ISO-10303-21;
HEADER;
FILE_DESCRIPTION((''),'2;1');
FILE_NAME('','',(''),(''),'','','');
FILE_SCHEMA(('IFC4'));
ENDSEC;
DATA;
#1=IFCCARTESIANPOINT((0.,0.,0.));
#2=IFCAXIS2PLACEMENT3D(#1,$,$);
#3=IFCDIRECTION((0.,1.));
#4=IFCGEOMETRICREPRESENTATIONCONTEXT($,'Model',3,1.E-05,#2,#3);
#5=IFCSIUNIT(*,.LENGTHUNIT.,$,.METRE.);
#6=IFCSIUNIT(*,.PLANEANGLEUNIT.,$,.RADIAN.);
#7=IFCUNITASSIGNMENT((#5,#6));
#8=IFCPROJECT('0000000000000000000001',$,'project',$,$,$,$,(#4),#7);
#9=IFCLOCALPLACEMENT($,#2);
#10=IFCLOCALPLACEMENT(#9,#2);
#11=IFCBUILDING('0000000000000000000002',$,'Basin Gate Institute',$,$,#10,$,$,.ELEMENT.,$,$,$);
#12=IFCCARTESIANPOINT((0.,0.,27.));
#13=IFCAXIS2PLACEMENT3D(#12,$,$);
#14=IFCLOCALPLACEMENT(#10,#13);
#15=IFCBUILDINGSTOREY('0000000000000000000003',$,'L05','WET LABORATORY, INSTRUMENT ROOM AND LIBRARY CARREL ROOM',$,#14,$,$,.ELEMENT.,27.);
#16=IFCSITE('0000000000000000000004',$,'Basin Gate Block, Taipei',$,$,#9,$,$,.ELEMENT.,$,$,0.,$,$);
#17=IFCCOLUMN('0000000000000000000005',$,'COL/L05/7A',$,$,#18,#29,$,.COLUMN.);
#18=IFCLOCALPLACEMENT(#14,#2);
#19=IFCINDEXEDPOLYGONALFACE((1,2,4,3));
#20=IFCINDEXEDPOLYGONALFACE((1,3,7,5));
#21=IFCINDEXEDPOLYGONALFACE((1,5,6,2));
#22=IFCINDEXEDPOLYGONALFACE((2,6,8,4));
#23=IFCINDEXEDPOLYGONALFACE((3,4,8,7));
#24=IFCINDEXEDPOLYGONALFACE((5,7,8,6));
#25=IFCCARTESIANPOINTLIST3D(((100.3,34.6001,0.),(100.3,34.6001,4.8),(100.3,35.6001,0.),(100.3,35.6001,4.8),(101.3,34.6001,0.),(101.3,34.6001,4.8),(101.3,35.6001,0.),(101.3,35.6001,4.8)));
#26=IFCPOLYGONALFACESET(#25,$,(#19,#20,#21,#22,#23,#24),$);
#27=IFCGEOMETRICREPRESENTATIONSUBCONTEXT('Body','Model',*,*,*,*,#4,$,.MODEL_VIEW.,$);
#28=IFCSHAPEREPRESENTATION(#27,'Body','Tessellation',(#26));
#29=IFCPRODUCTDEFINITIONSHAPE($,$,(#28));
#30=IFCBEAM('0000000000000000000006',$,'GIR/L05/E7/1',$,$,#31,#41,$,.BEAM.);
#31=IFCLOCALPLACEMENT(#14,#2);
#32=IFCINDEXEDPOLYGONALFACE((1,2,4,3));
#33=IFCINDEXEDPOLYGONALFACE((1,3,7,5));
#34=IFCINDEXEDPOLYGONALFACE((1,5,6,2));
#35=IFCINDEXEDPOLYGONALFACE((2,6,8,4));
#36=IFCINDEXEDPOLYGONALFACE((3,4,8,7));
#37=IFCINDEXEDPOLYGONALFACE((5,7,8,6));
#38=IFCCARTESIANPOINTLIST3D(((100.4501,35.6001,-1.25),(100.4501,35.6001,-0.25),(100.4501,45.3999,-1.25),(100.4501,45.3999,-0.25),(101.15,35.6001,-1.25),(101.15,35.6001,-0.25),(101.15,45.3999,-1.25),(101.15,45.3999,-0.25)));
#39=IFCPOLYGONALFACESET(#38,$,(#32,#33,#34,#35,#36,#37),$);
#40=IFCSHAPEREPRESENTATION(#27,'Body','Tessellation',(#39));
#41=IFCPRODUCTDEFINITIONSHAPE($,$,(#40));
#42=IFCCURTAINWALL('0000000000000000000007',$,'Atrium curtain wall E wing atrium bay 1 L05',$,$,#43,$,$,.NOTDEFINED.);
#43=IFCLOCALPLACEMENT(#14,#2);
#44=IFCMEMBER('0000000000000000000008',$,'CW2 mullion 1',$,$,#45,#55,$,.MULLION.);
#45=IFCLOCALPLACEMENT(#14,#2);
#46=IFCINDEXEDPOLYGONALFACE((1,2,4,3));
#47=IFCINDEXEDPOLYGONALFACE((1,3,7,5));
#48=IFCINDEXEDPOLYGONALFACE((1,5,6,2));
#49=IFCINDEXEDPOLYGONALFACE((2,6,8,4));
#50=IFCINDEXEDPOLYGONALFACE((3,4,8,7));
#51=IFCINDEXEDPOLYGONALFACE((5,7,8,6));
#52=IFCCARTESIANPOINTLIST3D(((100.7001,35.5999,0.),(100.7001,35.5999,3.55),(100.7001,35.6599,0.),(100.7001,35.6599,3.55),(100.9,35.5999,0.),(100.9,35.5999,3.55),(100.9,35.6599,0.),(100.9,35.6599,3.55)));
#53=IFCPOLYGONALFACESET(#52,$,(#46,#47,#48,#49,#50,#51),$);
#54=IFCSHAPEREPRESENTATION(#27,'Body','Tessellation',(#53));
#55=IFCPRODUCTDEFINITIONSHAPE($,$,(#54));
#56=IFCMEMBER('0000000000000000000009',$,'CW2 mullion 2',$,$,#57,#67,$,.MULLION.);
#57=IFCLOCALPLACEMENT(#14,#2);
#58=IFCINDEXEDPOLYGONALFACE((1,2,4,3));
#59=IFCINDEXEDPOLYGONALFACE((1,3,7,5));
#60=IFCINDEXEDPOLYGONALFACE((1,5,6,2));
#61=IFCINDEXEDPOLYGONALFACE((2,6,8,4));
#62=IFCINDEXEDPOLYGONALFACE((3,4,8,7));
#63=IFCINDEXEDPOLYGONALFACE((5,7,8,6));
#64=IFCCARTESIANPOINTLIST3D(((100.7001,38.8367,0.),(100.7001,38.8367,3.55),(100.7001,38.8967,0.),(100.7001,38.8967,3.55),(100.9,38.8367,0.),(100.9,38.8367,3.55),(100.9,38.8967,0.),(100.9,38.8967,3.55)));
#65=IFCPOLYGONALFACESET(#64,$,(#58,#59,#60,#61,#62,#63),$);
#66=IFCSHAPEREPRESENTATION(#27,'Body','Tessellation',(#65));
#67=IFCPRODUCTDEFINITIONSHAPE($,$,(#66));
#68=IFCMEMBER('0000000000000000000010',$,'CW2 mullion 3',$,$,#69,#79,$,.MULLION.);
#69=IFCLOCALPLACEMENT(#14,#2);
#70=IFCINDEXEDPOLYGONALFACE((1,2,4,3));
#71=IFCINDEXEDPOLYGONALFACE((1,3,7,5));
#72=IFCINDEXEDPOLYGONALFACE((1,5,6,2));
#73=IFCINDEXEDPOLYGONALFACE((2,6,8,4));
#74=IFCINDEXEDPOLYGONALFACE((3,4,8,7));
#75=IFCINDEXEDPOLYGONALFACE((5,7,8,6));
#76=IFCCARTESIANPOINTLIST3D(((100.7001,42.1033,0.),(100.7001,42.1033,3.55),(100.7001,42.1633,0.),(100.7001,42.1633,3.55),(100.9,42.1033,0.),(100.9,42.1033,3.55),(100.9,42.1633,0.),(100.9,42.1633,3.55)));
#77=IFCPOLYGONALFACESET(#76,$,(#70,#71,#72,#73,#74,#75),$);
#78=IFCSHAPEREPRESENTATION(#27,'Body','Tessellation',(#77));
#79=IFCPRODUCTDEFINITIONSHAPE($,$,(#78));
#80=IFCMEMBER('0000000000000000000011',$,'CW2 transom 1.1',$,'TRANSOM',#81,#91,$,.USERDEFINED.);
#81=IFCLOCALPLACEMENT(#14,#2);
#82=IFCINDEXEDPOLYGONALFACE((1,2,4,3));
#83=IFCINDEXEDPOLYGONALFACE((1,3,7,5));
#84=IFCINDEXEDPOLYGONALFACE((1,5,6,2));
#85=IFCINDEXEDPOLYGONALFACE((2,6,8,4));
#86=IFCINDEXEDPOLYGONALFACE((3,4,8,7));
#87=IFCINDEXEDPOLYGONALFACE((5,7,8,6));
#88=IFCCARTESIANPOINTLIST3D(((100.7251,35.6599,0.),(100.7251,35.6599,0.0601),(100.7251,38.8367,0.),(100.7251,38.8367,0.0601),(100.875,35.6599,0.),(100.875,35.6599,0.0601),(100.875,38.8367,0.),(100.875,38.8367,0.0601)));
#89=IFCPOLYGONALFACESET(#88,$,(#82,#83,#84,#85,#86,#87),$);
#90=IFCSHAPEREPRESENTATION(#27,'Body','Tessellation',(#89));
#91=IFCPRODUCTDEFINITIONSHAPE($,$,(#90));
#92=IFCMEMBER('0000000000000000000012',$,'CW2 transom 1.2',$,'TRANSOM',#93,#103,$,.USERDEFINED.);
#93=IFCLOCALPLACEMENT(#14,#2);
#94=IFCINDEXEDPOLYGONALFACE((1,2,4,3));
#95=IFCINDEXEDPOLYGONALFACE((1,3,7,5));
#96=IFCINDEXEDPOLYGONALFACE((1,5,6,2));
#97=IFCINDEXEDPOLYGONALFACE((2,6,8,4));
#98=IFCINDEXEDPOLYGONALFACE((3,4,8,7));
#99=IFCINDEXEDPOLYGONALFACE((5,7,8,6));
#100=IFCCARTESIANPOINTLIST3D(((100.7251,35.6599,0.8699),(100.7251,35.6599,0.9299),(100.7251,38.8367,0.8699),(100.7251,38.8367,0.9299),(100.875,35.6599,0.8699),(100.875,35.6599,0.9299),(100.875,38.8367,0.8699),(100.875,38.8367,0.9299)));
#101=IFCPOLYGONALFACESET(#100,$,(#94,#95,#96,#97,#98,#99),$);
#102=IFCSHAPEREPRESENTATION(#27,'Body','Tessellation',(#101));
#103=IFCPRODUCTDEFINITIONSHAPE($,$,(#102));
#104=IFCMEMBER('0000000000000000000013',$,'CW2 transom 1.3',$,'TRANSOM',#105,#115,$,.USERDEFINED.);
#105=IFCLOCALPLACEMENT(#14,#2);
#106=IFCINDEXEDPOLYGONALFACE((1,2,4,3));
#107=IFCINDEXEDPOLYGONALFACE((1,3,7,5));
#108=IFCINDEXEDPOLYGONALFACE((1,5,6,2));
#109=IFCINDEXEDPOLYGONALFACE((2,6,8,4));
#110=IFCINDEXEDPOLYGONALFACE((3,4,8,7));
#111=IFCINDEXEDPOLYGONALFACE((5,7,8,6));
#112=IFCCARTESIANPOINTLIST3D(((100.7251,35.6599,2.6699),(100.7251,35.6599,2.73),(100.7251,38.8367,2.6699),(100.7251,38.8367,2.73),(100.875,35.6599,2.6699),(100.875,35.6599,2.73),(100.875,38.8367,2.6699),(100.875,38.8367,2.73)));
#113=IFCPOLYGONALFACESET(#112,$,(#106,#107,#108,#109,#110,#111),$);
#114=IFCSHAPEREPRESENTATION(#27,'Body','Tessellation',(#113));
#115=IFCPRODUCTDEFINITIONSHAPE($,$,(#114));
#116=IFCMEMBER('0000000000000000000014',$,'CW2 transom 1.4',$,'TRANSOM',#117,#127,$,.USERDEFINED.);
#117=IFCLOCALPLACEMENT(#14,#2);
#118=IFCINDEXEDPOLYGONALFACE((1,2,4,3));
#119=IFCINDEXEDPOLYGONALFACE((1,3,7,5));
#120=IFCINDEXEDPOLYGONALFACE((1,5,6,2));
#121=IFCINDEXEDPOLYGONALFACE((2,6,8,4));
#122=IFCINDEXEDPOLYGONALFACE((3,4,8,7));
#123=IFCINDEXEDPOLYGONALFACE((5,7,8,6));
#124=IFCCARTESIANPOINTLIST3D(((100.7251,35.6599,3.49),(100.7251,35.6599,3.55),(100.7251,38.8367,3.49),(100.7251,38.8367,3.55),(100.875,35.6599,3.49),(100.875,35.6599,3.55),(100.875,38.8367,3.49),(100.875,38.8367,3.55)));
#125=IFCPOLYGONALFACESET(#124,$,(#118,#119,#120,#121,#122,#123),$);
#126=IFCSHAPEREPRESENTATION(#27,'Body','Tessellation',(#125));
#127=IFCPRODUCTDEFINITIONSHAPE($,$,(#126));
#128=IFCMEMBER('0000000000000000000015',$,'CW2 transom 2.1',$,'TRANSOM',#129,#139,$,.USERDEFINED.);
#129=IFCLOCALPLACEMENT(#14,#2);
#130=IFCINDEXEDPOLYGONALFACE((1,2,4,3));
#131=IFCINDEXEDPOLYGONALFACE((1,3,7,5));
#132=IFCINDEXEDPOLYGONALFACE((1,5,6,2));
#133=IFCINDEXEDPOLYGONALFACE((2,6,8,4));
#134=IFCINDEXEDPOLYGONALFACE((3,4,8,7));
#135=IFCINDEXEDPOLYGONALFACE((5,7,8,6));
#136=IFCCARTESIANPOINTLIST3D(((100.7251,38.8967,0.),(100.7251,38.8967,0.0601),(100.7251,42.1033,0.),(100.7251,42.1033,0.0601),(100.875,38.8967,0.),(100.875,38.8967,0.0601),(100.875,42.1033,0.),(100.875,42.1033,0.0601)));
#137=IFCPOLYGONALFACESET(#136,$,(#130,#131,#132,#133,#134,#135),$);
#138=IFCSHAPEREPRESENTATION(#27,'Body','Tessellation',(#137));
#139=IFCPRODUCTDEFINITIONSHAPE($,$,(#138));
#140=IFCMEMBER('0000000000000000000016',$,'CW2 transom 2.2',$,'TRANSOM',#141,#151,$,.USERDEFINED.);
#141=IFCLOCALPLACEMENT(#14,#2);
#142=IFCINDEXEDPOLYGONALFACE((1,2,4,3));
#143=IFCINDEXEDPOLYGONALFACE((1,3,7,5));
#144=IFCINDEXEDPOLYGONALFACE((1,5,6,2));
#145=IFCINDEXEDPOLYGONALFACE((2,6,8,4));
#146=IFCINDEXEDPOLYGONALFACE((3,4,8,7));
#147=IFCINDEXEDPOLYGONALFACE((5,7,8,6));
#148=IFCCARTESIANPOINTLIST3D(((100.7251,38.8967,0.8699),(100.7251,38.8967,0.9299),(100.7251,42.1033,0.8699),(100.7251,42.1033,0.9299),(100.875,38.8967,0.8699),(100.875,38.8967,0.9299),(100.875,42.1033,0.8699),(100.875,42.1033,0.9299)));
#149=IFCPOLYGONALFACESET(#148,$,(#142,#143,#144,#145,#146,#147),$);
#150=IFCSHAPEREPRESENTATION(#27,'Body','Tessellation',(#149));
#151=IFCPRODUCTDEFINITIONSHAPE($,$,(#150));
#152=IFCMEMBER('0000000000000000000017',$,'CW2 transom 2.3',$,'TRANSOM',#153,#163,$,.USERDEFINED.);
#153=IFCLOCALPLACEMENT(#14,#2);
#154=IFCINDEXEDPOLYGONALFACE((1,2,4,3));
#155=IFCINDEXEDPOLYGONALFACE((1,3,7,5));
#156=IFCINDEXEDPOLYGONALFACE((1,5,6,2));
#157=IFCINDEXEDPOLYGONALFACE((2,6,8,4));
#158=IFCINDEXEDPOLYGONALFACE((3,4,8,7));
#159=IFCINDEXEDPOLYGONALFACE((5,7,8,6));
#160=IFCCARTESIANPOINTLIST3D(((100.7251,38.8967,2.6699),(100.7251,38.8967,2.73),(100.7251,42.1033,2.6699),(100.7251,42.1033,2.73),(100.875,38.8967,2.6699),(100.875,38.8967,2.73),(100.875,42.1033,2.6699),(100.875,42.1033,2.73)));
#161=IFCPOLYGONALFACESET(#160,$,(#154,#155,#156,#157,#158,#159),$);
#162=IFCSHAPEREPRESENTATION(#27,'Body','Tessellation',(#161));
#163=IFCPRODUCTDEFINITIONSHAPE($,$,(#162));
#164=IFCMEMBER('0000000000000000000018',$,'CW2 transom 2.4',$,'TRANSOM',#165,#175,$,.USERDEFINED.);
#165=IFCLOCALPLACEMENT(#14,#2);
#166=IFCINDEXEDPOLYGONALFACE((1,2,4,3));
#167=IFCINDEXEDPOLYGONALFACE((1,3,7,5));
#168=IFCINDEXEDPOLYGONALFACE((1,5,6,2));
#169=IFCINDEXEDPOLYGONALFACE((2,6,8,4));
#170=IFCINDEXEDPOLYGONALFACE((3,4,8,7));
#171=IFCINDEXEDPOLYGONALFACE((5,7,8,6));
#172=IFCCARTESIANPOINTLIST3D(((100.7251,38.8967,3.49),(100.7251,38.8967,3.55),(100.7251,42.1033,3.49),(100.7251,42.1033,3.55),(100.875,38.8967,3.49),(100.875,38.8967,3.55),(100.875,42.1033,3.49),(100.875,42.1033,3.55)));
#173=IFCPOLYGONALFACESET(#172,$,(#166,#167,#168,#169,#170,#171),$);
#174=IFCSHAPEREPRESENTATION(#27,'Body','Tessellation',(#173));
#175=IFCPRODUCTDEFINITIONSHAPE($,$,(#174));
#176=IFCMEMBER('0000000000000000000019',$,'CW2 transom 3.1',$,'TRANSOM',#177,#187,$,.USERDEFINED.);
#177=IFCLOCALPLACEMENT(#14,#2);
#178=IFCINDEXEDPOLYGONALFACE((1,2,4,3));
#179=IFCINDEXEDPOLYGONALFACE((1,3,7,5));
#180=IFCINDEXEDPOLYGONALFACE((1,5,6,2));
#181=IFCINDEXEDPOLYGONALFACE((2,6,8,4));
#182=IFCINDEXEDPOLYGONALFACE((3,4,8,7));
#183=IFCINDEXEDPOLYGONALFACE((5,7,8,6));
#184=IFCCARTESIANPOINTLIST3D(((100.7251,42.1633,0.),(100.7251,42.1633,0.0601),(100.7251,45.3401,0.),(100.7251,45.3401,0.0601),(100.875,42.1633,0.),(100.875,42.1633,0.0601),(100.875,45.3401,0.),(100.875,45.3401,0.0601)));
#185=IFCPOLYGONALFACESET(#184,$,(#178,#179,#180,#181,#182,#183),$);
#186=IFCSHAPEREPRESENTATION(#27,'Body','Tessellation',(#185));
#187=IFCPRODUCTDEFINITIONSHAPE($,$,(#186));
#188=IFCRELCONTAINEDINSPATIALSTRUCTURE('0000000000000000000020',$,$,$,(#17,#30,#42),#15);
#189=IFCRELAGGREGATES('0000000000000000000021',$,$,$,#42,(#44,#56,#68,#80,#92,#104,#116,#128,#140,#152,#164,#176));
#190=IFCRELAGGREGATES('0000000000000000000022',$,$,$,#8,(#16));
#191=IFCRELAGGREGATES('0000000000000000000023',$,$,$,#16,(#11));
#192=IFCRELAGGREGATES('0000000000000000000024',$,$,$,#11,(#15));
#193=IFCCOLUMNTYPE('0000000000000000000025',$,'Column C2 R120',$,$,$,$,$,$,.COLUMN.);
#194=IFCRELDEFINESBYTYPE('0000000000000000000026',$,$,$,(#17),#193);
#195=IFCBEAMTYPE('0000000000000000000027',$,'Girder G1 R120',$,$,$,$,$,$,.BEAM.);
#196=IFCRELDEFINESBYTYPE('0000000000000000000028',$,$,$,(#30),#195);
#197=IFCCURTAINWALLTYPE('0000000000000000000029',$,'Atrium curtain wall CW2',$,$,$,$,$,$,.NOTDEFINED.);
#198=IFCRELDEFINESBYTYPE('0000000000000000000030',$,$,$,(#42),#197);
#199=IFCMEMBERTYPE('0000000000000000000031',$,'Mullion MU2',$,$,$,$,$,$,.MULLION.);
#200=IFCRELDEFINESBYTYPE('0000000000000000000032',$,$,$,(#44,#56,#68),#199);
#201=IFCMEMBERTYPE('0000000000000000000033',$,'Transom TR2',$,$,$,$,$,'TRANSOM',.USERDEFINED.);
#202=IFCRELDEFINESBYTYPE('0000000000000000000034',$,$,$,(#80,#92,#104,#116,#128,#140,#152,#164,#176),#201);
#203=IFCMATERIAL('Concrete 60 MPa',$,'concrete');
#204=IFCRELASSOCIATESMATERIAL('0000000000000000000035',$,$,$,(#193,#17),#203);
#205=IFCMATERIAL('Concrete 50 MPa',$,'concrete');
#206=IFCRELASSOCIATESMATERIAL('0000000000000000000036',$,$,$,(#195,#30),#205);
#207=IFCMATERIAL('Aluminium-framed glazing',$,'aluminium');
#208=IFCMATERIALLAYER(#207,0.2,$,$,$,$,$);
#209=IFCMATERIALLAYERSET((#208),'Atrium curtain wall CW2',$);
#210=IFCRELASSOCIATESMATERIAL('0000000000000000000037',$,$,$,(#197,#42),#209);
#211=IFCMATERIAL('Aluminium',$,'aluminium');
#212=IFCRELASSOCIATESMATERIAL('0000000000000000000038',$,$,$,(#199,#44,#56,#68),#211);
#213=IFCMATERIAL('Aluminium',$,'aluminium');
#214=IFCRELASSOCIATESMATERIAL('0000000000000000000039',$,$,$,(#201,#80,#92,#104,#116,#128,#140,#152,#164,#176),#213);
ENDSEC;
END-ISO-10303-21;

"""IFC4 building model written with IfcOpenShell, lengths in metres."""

from ifc_helpers import new_model, si_unit, direction, frame, origin, origin_2d, place, context, subcontext, project, spatial, rectangle, extrude, material, layer, layer_set, material_profile, profile_set, type_object, element, aggregate, save


model = new_model("IFC4")

# Units and contexts
model_context = context("Model", 3, precision=1e-05, world=origin(), true_north=direction((0.0, 1.0)))
body_context = subcontext(model_context, "Body", "Model", "MODEL_VIEW")
ifc_project = project(units=[si_unit("LENGTHUNIT", "METRE"), si_unit("PLANEANGLEUNIT", "RADIAN")], contexts=[model_context])

# Site, building, storey
site_placement = place(None, origin())
site = spatial("IfcSite", under=ifc_project, at=site_placement, Name="Basin Gate Block, Taipei", CompositionType="ELEMENT", RefElevation=0.0)
building_placement = place(site_placement, origin())
building = spatial("IfcBuilding", under=site, at=building_placement, Name="Basin Gate Institute", CompositionType="ELEMENT")
storey_placement = place(building_placement, frame((0.0, 0.0, 27.0)))
storey = spatial("IfcBuildingStorey", under=building, at=storey_placement, Name="L05", Description="WET LABORATORY, INSTRUMENT ROOM AND LIBRARY CARREL ROOM", CompositionType="ELEMENT", Elevation=27.0)

# Column
ifc_material_1 = material(Name="Concrete 60 MPa", Category="concrete")
ifc_material_profile_1 = material_profile(ifc_material_1, rectangle(XDim=1.0, YDim=1.0, at=origin_2d()), Name="Column C2 1000 x 1000")
ifc_profile_set_1 = profile_set([ifc_material_profile_1], Name="Concrete 60 MPa")
column_type = type_object("IfcColumnType", Name="Column C2 R120", PredefinedType="COLUMN", material=ifc_profile_set_1)
column_placement = place(storey_placement, frame((100.8, 35.1001, 0.0), z_axis=(0.0, 0.0, 1.0), x_axis=(1.0, 0.0, 0.0)))
element("IfcColumn", 1, at=column_placement, inside=storey, type_object=column_type, material=ifc_profile_set_1, Name="COL/L05/7A", PredefinedType="COLUMN", context=body_context, shape_type="SweptSolid", body=[
    extrude(rectangle(XDim=1.0, YDim=1.0, at=origin_2d()), origin(), (0.0, 0.0, 1.0), 4.8),
])

# Beam
ifc_material_2 = material(Name="Concrete 50 MPa", Category="concrete")
ifc_material_profile_2 = material_profile(ifc_material_2, rectangle(XDim=0.7, YDim=1.0, at=origin_2d()), Name="Girder G1 700 x 1000")
ifc_profile_set_2 = profile_set([ifc_material_profile_2], Name="Concrete 50 MPa")
beam_type = type_object("IfcBeamType", Name="Girder G1 R120", PredefinedType="BEAM", material=ifc_profile_set_2)
beam_placement = place(storey_placement, frame((100.8, 35.6001, -0.75), z_axis=(0.0, 1.0, 0.0), x_axis=(-1.0, 0.0, 0.0)))
element("IfcBeam", 2, at=beam_placement, inside=storey, type_object=beam_type, material=ifc_profile_set_2, Name="GIR/L05/E7/1", PredefinedType="BEAM", context=body_context, shape_type="SweptSolid", body=[
    extrude(rectangle(XDim=0.7, YDim=1.0, at=origin_2d()), origin(), (0.0, 0.0, 1.0), 9.7998),
])

# Curtain wall, members
ifc_material_3 = material(Name="Aluminium-framed glazing", Category="aluminium")
ifc_layer_1 = layer(ifc_material_3, 0.2)
ifc_layer_set_1 = layer_set([ifc_layer_1], Name="Atrium curtain wall CW2")
curtain_wall_type = type_object("IfcCurtainWallType", Name="Atrium curtain wall CW2", PredefinedType="NOTDEFINED", material=ifc_layer_set_1)
curtain_wall_placement = place(storey_placement, origin())
curtain_wall = element("IfcCurtainWall", 3, at=curtain_wall_placement, inside=storey, type_object=curtain_wall_type, material=ifc_layer_set_1, Name="Atrium curtain wall E wing atrium bay 1 L05", PredefinedType="NOTDEFINED")
ifc_material_4 = material(Name="Aluminium", Category="aluminium")
ifc_material_profile_3 = material_profile(ifc_material_4, rectangle(XDim=0.2, YDim=0.0601, at=origin_2d()), Name="Mullion MU2 200 x 60")
ifc_profile_set_3 = profile_set([ifc_material_profile_3], Name="Aluminium")
member_type_1 = type_object("IfcMemberType", Name="Mullion MU2", PredefinedType="MULLION", material=ifc_profile_set_3)
member_1_placement = place(storey_placement, frame((100.8, 35.6299, 0.0), z_axis=(0.0, 0.0, 1.0), x_axis=(-1.0, 0.0, 0.0)))
member_1 = element("IfcMember", 4, at=member_1_placement, type_object=member_type_1, material=ifc_profile_set_3, Name="CW2 mullion 1", PredefinedType="MULLION", context=body_context, shape_type="SweptSolid", body=[
    extrude(rectangle(XDim=0.2, YDim=0.0601, at=origin_2d()), origin(), (0.0, 0.0, 1.0), 3.55),
])
member_2_placement = place(storey_placement, frame((100.8, 38.8667, 0.0), z_axis=(0.0, 0.0, 1.0), x_axis=(-1.0, 0.0, 0.0)))
member_2 = element("IfcMember", 5, at=member_2_placement, type_object=member_type_1, material=ifc_profile_set_3, Name="CW2 mullion 2", PredefinedType="MULLION", context=body_context, shape_type="SweptSolid", body=[
    extrude(rectangle(XDim=0.2, YDim=0.0601, at=origin_2d()), origin(), (0.0, 0.0, 1.0), 3.55),
])
member_3_placement = place(storey_placement, frame((100.8, 42.1333, 0.0), z_axis=(0.0, 0.0, 1.0), x_axis=(-1.0, 0.0, 0.0)))
member_3 = element("IfcMember", 6, at=member_3_placement, type_object=member_type_1, material=ifc_profile_set_3, Name="CW2 mullion 3", PredefinedType="MULLION", context=body_context, shape_type="SweptSolid", body=[
    extrude(rectangle(XDim=0.2, YDim=0.0601, at=origin_2d()), origin(), (0.0, 0.0, 1.0), 3.55),
])
ifc_material_5 = material(Name="Aluminium", Category="aluminium")
ifc_material_profile_4 = material_profile(ifc_material_5, rectangle(XDim=0.1499, YDim=0.0601, at=origin_2d()), Name="Transom TR2 150 x 60")
ifc_profile_set_4 = profile_set([ifc_material_profile_4], Name="Aluminium")
member_type_2 = type_object("IfcMemberType", Name="Transom TR2", ElementType="TRANSOM", PredefinedType="USERDEFINED", material=ifc_profile_set_4)
member_4_placement = place(storey_placement, frame((100.8, 35.6599, 0.03), z_axis=(0.0, 1.0, 0.0), x_axis=(-1.0, 0.0, 0.0)))
member_4 = element("IfcMember", 7, at=member_4_placement, type_object=member_type_2, material=ifc_profile_set_4, Name="CW2 transom 1.1", ObjectType="TRANSOM", PredefinedType="USERDEFINED", context=body_context, shape_type="SweptSolid", body=[
    extrude(rectangle(XDim=0.1499, YDim=0.0601, at=origin_2d()), origin(), (0.0, 0.0, 1.0), 3.1768),
])
member_5_placement = place(storey_placement, frame((100.8, 35.6599, 0.8999), z_axis=(0.0, 1.0, 0.0), x_axis=(-1.0, 0.0, 0.0)))
member_5 = element("IfcMember", 8, at=member_5_placement, type_object=member_type_2, material=ifc_profile_set_4, Name="CW2 transom 1.2", ObjectType="TRANSOM", PredefinedType="USERDEFINED", context=body_context, shape_type="SweptSolid", body=[
    extrude(rectangle(XDim=0.1499, YDim=0.0601, at=origin_2d()), origin(), (0.0, 0.0, 1.0), 3.1768),
])
member_6_placement = place(storey_placement, frame((100.8, 35.6599, 2.7), z_axis=(0.0, 1.0, 0.0), x_axis=(-1.0, 0.0, 0.0)))
member_6 = element("IfcMember", 9, at=member_6_placement, type_object=member_type_2, material=ifc_profile_set_4, Name="CW2 transom 1.3", ObjectType="TRANSOM", PredefinedType="USERDEFINED", context=body_context, shape_type="SweptSolid", body=[
    extrude(rectangle(XDim=0.1499, YDim=0.0601, at=origin_2d()), origin(), (0.0, 0.0, 1.0), 3.1768),
])
member_7_placement = place(storey_placement, frame((100.8, 35.6599, 3.52), z_axis=(0.0, 1.0, 0.0), x_axis=(-1.0, 0.0, 0.0)))
member_7 = element("IfcMember", 10, at=member_7_placement, type_object=member_type_2, material=ifc_profile_set_4, Name="CW2 transom 1.4", ObjectType="TRANSOM", PredefinedType="USERDEFINED", context=body_context, shape_type="SweptSolid", body=[
    extrude(rectangle(XDim=0.1499, YDim=0.0601, at=origin_2d()), origin(), (0.0, 0.0, 1.0), 3.1768),
])
member_8_placement = place(storey_placement, frame((100.8, 38.8967, 0.03), z_axis=(0.0, 1.0, 0.0), x_axis=(-1.0, 0.0, 0.0)))
member_8 = element("IfcMember", 11, at=member_8_placement, type_object=member_type_2, material=ifc_profile_set_4, Name="CW2 transom 2.1", ObjectType="TRANSOM", PredefinedType="USERDEFINED", context=body_context, shape_type="SweptSolid", body=[
    extrude(rectangle(XDim=0.1499, YDim=0.0601, at=origin_2d()), origin(), (0.0, 0.0, 1.0), 3.2065),
])
member_9_placement = place(storey_placement, frame((100.8, 38.8967, 0.8999), z_axis=(0.0, 1.0, 0.0), x_axis=(-1.0, 0.0, 0.0)))
member_9 = element("IfcMember", 12, at=member_9_placement, type_object=member_type_2, material=ifc_profile_set_4, Name="CW2 transom 2.2", ObjectType="TRANSOM", PredefinedType="USERDEFINED", context=body_context, shape_type="SweptSolid", body=[
    extrude(rectangle(XDim=0.1499, YDim=0.0601, at=origin_2d()), origin(), (0.0, 0.0, 1.0), 3.2065),
])
member_10_placement = place(storey_placement, frame((100.8, 38.8967, 2.7), z_axis=(0.0, 1.0, 0.0), x_axis=(-1.0, 0.0, 0.0)))
member_10 = element("IfcMember", 13, at=member_10_placement, type_object=member_type_2, material=ifc_profile_set_4, Name="CW2 transom 2.3", ObjectType="TRANSOM", PredefinedType="USERDEFINED", context=body_context, shape_type="SweptSolid", body=[
    extrude(rectangle(XDim=0.1499, YDim=0.0601, at=origin_2d()), origin(), (0.0, 0.0, 1.0), 3.2065),
])
member_11_placement = place(storey_placement, frame((100.8, 38.8967, 3.52), z_axis=(0.0, 1.0, 0.0), x_axis=(-1.0, 0.0, 0.0)))
member_11 = element("IfcMember", 14, at=member_11_placement, type_object=member_type_2, material=ifc_profile_set_4, Name="CW2 transom 2.4", ObjectType="TRANSOM", PredefinedType="USERDEFINED", context=body_context, shape_type="SweptSolid", body=[
    extrude(rectangle(XDim=0.1499, YDim=0.0601, at=origin_2d()), origin(), (0.0, 0.0, 1.0), 3.2065),
])
member_12_placement = place(storey_placement, frame((100.8, 42.1633, 0.03), z_axis=(0.0, 1.0, 0.0), x_axis=(-1.0, 0.0, 0.0)))
member_12 = element("IfcMember", 15, at=member_12_placement, type_object=member_type_2, material=ifc_profile_set_4, Name="CW2 transom 3.1", ObjectType="TRANSOM", PredefinedType="USERDEFINED", context=body_context, shape_type="SweptSolid", body=[
    extrude(rectangle(XDim=0.1499, YDim=0.0601, at=origin_2d()), origin(), (0.0, 0.0, 1.0), 3.1768),
])
aggregate(curtain_wall, [member_1, member_2, member_3, member_4, member_5, member_6, member_7, member_8, member_9, member_10, member_11, member_12])

save(model, "model.ifc")
